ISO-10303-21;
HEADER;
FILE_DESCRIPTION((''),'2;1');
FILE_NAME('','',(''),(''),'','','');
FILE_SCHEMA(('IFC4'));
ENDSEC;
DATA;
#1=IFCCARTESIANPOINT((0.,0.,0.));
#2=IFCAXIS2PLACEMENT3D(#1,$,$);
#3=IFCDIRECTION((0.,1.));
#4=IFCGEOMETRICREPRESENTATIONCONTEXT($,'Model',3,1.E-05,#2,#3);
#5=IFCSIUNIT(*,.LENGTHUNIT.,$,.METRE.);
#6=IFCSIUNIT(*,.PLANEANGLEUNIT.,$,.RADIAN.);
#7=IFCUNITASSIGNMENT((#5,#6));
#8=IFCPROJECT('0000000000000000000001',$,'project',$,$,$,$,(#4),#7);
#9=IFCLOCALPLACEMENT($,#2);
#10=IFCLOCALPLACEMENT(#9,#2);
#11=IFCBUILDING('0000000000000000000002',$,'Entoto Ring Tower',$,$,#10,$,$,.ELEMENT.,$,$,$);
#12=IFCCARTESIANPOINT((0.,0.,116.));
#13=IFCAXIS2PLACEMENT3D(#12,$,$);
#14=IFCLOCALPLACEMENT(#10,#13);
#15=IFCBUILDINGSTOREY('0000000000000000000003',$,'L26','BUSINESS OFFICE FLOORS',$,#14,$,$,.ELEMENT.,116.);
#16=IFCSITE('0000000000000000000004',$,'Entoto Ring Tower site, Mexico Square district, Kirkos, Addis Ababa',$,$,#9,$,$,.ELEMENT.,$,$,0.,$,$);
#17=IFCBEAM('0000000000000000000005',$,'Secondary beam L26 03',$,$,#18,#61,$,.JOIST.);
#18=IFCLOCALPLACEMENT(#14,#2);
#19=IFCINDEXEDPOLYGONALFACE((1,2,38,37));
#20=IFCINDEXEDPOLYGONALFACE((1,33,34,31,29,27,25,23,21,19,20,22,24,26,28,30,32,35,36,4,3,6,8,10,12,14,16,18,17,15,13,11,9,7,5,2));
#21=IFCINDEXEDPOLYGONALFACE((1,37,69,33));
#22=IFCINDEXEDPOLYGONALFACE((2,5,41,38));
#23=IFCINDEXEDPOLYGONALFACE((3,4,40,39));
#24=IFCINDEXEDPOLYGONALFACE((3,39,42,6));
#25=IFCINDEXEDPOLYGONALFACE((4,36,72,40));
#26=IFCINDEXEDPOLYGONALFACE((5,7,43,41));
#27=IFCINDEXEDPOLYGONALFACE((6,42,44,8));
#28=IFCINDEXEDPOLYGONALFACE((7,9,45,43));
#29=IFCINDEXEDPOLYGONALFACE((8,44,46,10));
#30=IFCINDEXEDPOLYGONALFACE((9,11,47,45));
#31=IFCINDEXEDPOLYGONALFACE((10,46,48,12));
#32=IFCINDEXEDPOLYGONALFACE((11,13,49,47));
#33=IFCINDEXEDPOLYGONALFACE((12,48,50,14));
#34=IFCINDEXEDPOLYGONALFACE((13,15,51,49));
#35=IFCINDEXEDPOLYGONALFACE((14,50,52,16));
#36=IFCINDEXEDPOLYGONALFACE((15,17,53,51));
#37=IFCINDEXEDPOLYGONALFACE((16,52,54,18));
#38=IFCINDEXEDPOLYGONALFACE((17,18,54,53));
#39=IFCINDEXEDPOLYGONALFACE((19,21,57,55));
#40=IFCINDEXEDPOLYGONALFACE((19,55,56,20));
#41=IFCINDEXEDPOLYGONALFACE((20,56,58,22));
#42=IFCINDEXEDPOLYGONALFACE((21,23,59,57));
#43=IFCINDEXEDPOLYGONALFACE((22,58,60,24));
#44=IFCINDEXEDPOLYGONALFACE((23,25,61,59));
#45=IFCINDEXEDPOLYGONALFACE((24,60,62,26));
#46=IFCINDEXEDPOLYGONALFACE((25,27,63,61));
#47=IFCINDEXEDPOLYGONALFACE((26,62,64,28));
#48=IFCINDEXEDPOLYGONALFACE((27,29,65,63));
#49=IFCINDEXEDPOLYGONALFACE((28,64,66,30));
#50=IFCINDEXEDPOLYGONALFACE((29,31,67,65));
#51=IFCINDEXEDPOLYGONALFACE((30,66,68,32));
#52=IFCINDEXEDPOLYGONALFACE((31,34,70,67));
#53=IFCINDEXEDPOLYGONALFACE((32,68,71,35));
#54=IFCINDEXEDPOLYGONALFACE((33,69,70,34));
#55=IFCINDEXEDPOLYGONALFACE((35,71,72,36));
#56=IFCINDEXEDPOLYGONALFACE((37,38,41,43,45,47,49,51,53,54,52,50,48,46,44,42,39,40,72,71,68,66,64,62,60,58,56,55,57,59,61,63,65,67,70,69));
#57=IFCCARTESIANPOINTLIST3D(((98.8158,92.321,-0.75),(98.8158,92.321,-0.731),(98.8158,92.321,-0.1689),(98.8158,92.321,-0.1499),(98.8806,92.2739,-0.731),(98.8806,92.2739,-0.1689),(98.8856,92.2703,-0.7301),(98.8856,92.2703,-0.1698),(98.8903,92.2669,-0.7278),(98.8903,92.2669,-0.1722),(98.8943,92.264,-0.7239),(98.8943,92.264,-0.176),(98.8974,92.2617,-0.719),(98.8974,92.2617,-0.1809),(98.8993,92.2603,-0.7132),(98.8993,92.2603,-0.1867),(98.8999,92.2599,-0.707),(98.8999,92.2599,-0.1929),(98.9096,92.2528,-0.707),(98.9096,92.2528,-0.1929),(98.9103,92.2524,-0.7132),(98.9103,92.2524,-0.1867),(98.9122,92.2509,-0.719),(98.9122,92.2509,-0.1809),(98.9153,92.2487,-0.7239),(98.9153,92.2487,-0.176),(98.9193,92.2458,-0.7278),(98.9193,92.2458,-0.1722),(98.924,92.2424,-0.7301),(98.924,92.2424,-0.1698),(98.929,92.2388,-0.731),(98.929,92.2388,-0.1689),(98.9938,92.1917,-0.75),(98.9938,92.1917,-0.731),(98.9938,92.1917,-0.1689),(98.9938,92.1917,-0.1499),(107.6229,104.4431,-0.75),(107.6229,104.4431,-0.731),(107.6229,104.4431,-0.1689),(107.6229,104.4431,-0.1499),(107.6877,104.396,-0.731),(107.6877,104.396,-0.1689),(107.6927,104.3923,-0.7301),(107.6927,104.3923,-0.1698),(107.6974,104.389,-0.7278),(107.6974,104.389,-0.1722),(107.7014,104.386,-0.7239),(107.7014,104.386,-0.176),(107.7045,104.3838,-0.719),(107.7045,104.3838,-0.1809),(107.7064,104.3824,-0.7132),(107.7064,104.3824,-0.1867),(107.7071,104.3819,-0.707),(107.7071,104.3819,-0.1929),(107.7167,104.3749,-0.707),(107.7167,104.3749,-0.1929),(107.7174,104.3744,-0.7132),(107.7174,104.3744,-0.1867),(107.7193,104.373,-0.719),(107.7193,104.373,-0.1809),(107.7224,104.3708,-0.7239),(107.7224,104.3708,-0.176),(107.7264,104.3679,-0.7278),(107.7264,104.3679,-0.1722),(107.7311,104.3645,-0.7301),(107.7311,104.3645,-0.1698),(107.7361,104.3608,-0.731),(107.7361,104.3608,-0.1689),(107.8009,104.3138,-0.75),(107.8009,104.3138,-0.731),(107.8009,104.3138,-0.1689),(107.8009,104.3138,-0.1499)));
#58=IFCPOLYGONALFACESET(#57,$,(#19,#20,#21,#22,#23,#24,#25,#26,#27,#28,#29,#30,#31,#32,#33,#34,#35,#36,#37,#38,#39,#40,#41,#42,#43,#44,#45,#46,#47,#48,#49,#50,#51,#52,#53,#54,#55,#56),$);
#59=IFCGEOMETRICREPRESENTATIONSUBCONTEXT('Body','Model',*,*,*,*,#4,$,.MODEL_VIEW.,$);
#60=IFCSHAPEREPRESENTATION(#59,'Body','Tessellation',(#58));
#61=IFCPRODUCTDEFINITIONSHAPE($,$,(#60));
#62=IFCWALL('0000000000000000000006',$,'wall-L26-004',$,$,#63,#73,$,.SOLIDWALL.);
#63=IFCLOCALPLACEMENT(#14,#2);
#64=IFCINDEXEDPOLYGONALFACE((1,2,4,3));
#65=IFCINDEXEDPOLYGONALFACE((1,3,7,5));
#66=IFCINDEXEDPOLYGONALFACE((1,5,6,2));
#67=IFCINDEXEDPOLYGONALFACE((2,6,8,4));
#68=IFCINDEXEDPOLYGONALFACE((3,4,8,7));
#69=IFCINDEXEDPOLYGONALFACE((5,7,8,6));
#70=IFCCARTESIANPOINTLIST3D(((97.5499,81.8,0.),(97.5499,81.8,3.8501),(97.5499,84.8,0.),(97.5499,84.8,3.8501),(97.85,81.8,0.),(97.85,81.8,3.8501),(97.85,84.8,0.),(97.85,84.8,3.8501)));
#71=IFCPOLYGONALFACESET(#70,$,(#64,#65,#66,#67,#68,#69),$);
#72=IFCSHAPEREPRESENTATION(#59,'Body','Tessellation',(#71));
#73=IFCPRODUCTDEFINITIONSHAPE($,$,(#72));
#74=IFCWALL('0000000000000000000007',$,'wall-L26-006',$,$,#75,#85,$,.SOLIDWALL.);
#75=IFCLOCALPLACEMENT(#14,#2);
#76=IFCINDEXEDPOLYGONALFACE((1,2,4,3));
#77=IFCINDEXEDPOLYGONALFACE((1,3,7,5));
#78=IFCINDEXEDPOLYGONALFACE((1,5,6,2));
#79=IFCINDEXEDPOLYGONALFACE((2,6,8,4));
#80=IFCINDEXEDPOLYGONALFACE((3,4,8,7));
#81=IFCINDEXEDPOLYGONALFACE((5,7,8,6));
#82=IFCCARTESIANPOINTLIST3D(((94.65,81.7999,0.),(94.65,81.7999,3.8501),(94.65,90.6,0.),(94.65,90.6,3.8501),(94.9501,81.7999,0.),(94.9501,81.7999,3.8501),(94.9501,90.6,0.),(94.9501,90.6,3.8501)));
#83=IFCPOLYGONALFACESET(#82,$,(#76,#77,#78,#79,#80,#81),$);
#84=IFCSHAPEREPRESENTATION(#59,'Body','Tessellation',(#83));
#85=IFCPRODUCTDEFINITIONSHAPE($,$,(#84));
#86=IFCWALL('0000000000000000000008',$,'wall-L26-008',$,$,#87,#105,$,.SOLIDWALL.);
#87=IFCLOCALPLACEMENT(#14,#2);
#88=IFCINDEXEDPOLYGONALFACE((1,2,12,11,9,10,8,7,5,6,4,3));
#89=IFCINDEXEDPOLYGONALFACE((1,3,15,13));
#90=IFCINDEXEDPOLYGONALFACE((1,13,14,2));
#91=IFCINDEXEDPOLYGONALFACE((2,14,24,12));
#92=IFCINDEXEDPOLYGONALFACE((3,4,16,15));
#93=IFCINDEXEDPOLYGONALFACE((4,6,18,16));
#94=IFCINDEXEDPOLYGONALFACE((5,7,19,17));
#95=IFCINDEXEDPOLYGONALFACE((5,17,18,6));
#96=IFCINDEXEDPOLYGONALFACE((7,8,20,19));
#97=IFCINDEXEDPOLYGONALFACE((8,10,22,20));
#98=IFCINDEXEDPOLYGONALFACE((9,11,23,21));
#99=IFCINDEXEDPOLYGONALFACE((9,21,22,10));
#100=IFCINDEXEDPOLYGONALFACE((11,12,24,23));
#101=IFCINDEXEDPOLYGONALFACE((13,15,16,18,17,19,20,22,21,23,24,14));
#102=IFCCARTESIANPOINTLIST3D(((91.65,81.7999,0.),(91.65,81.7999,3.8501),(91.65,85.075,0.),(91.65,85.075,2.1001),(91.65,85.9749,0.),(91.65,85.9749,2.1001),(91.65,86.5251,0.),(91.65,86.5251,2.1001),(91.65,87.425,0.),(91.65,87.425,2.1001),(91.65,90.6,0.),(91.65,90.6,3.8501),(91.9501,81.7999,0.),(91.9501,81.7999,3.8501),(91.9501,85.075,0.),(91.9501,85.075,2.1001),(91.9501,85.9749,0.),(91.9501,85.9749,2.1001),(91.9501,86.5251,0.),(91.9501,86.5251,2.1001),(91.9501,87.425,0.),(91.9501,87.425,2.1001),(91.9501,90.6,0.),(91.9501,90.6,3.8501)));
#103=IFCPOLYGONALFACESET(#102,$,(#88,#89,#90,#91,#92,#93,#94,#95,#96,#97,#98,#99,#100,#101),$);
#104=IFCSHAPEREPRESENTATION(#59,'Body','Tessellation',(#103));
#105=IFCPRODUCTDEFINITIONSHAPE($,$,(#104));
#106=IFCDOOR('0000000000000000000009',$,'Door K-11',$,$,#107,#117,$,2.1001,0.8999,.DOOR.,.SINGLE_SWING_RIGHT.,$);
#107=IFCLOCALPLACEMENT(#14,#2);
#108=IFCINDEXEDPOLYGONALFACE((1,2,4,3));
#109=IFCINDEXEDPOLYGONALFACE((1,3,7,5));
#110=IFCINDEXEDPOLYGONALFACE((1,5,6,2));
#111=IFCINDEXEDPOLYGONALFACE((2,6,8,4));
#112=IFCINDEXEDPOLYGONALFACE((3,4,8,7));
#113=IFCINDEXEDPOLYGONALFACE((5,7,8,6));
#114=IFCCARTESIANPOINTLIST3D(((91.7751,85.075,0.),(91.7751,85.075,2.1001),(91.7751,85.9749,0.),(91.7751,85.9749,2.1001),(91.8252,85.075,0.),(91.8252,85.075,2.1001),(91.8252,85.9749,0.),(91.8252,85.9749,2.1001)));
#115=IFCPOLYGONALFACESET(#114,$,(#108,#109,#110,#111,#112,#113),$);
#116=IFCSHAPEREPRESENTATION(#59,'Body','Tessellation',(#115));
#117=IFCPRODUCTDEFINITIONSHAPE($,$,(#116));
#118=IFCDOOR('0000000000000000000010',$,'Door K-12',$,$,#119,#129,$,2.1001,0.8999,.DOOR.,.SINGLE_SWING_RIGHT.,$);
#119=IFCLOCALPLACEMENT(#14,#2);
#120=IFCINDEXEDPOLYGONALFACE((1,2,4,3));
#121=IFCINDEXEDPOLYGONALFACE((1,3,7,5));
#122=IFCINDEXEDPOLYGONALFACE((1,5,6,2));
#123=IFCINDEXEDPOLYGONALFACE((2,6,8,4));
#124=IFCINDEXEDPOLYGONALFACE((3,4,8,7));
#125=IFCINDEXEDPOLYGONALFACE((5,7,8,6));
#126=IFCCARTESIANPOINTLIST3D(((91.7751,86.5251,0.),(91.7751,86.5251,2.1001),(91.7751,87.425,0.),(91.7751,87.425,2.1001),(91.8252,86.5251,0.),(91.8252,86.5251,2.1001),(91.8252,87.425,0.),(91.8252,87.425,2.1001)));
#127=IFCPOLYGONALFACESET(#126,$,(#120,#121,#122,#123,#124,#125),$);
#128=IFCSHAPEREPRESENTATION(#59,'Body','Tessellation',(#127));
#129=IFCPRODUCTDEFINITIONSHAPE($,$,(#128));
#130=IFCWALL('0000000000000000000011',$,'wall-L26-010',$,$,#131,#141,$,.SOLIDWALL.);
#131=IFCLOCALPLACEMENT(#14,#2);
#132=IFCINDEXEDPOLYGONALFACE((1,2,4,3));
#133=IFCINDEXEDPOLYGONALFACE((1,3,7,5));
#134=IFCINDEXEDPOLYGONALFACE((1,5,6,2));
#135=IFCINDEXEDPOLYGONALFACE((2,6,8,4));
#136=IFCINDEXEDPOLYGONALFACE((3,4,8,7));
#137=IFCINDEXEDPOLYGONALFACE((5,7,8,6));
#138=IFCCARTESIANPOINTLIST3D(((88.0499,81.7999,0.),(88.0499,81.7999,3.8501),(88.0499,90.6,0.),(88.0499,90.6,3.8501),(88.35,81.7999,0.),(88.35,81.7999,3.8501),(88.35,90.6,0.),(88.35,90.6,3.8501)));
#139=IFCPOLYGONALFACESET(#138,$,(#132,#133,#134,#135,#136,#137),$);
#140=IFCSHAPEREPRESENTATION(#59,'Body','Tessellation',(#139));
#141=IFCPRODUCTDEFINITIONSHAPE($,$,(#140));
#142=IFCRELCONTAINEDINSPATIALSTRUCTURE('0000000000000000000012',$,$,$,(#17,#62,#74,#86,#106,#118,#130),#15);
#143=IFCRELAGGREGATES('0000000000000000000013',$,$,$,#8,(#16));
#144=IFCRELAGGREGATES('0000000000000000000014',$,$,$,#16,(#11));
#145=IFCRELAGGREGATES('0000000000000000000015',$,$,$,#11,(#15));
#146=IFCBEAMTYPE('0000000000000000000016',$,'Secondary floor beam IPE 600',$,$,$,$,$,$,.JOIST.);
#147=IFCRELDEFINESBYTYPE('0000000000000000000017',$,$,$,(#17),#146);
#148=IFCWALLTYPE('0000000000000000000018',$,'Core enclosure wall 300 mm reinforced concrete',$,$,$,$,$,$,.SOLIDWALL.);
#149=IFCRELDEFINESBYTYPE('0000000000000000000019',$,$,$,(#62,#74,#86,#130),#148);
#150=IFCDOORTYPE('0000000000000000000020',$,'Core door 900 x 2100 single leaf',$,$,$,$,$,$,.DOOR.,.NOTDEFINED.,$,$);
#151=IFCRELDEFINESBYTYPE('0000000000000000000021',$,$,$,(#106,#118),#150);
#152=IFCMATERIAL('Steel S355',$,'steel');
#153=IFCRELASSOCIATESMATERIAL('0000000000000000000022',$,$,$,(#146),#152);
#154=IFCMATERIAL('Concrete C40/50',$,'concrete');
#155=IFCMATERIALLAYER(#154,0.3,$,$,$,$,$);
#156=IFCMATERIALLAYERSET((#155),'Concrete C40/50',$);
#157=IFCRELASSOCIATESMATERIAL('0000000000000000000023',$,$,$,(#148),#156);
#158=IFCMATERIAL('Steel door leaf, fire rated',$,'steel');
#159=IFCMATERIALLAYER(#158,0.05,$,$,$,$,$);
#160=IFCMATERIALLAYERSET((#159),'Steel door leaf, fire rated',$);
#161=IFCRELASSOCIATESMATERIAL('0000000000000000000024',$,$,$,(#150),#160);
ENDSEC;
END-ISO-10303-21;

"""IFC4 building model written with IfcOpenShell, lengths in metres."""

from ifc_helpers import new_model, si_unit, direction, frame, frame_2d, origin, origin_2d, place, context, subcontext, project, spatial, rectangle, i_section, extrude, material, layer, layer_set, material_profile, profile_set, type_object, element, fill, save


model = new_model("IFC4")

# Units and contexts
model_context = context("Model", 3, precision=1e-05, world=origin(), true_north=direction((0.0, 1.0)))
body_context = subcontext(model_context, "Body", "Model", "MODEL_VIEW")
ifc_project = project(units=[si_unit("LENGTHUNIT", "METRE"), si_unit("PLANEANGLEUNIT", "RADIAN")], contexts=[model_context])

# Site, building, storey
site_placement = place(None, origin())
site = spatial("IfcSite", under=ifc_project, at=site_placement, Name="Entoto Ring Tower site, Mexico Square district, Kirkos, Addis Ababa", CompositionType="ELEMENT", RefElevation=0.0)
building_placement = place(site_placement, origin())
building = spatial("IfcBuilding", under=site, at=building_placement, Name="Entoto Ring Tower", CompositionType="ELEMENT")
storey_placement = place(building_placement, frame((0.0, 0.0, 116.0)))
storey = spatial("IfcBuildingStorey", under=building, at=storey_placement, Name="L26", Description="BUSINESS OFFICE FLOORS", CompositionType="ELEMENT", Elevation=116.0)

# Beam
ifc_material_1 = material(Name="Steel S355", Category="steel")
ifc_material_profile = material_profile(ifc_material_1, i_section(OverallWidth=0.22, OverallDepth=0.6001, WebThickness=0.012, FlangeThickness=0.019, FilletRadius=0.0239, at=origin_2d()), Name="IPE 600")
ifc_profile_set = profile_set([ifc_material_profile], Name="Steel S355")
beam_type = type_object("IfcBeamType", Name="Secondary floor beam IPE 600", PredefinedType="JOIST", material=ifc_profile_set)
beam_placement = place(storey_placement, frame((98.9048, 92.2563, -0.45), z_axis=(0.587782, 0.809019, 0.0), x_axis=(-0.809019, 0.587782, 0.0)))
element("IfcBeam", 1, at=beam_placement, inside=storey, type_object=beam_type, Name="Secondary beam L26 03", PredefinedType="JOIST", context=body_context, shape_type="SweptSolid", body=[
    extrude(i_section(OverallWidth=0.22, OverallDepth=0.6001, WebThickness=0.012, FlangeThickness=0.019, FilletRadius=0.0239, at=origin_2d()), origin(), (0.0, 0.0, 1.0), 14.9836),
])

# Walls
ifc_material_2 = material(Name="Concrete C40/50", Category="concrete")
ifc_layer_1 = layer(ifc_material_2, 0.3)
ifc_layer_set_1 = layer_set([ifc_layer_1], Name="Concrete C40/50")
wall_type = type_object("IfcWallType", Name="Core enclosure wall 300 mm reinforced concrete", PredefinedType="SOLIDWALL", material=ifc_layer_set_1)
wall_1_placement = place(storey_placement, frame((97.7, 81.8, 0.0), z_axis=(0.0, 0.0, 1.0), x_axis=(0.0, 1.0, 0.0)))
element("IfcWall", 2, at=wall_1_placement, inside=storey, type_object=wall_type, Name="wall-L26-004", PredefinedType="SOLIDWALL", context=body_context, shape_type="SweptSolid", body=[
    extrude(rectangle(XDim=3.0, YDim=0.3, at=frame_2d((1.5, 0.0))), origin(), (0.0, 0.0, 1.0), 3.8501),
])
wall_2_placement = place(storey_placement, frame((94.8, 81.8, 0.0), z_axis=(0.0, 0.0, 1.0), x_axis=(0.0, 1.0, 0.0)))
element("IfcWall", 3, at=wall_2_placement, inside=storey, type_object=wall_type, Name="wall-L26-006", PredefinedType="SOLIDWALL", context=body_context, shape_type="SweptSolid", body=[
    extrude(rectangle(XDim=8.8, YDim=0.3, at=frame_2d((4.3999, 0.0))), origin(), (0.0, 0.0, 1.0), 3.8501),
])

# Wall, openings, doors
wall_3_placement = place(storey_placement, frame((91.8, 81.8, 0.0), z_axis=(0.0, 0.0, 1.0), x_axis=(0.0, 1.0, 0.0)))
wall_3 = element("IfcWall", 4, at=wall_3_placement, inside=storey, type_object=wall_type, Name="wall-L26-008", PredefinedType="SOLIDWALL", context=body_context, shape_type="SweptSolid", body=[
    extrude(rectangle(XDim=8.8, YDim=0.3, at=frame_2d((4.3999, 0.0))), origin(), (0.0, 0.0, 1.0), 3.8501),
])
opening_1_placement = place(wall_3_placement, frame((3.2749, 0.0, 0.0)))
opening_1 = element("IfcOpeningElement", 5, at=opening_1_placement, cuts=wall_3, PredefinedType="OPENING", context=body_context, shape_type="SweptSolid", body=[
    extrude(rectangle(XDim=0.8999, YDim=2.1001, at=frame_2d((0.45, 1.05))), frame((0.0, 0.1602, 0.0), z_axis=(0.0, -1.0, 0.0), x_axis=(1.0, 0.0, 0.0)), (0.0, 0.0, 1.0), 0.3201),
])
opening_2_placement = place(wall_3_placement, frame((4.7251, 0.0, 0.0)))
opening_2 = element("IfcOpeningElement", 6, at=opening_2_placement, cuts=wall_3, PredefinedType="OPENING", context=body_context, shape_type="SweptSolid", body=[
    extrude(rectangle(XDim=0.8999, YDim=2.1001, at=frame_2d((0.45, 1.05))), frame((0.0, 0.1602, 0.0), z_axis=(0.0, -1.0, 0.0), x_axis=(1.0, 0.0, 0.0)), (0.0, 0.0, 1.0), 0.3201),
])
ifc_material_3 = material(Name="Steel door leaf, fire rated", Category="steel")
ifc_layer_2 = layer(ifc_material_3, 0.05)
ifc_layer_set_2 = layer_set([ifc_layer_2], Name="Steel door leaf, fire rated")
door_type_1 = type_object("IfcDoorType", Name="Core door 900 x 2100 single leaf", OperationType="NOTDEFINED", PredefinedType="DOOR", material=ifc_layer_set_2)
door_1_placement = place(opening_1_placement, origin())
door_1 = element("IfcDoor", 7, at=door_1_placement, inside=storey, type_object=door_type_1, Name="Door K-11", OperationType="SINGLE_SWING_RIGHT", OverallHeight=2.1001, OverallWidth=0.8999, PredefinedType="DOOR", context=body_context, shape_type="SweptSolid", body=[
    extrude(rectangle(XDim=0.8999, YDim=2.1001, at=frame_2d((0.45, 1.05))), frame((0.0, 0.0249, 0.0), z_axis=(0.0, -1.0, 0.0), x_axis=(1.0, 0.0, 0.0)), (0.0, 0.0, 1.0), 0.05),
])
fill(opening_1, door_1)
door_2_placement = place(opening_2_placement, origin())
door_2 = element("IfcDoor", 8, at=door_2_placement, inside=storey, type_object=door_type_1, Name="Door K-12", OperationType="SINGLE_SWING_RIGHT", OverallHeight=2.1001, OverallWidth=0.8999, PredefinedType="DOOR", context=body_context, shape_type="SweptSolid", body=[
    extrude(rectangle(XDim=0.8999, YDim=2.1001, at=frame_2d((0.45, 1.05))), frame((0.0, 0.0249, 0.0), z_axis=(0.0, -1.0, 0.0), x_axis=(1.0, 0.0, 0.0)), (0.0, 0.0, 1.0), 0.05),
])
fill(opening_2, door_2)

# Wall
wall_4_placement = place(storey_placement, frame((88.2, 81.8, 0.0), z_axis=(0.0, 0.0, 1.0), x_axis=(0.0, 1.0, 0.0)))
element("IfcWall", 9, at=wall_4_placement, inside=storey, type_object=wall_type, Name="wall-L26-010", PredefinedType="SOLIDWALL", context=body_context, shape_type="SweptSolid", body=[
    extrude(rectangle(XDim=8.8, YDim=0.3, at=frame_2d((4.3999, 0.0))), origin(), (0.0, 0.0, 1.0), 3.8501),
])

save(model, "model.ifc")
